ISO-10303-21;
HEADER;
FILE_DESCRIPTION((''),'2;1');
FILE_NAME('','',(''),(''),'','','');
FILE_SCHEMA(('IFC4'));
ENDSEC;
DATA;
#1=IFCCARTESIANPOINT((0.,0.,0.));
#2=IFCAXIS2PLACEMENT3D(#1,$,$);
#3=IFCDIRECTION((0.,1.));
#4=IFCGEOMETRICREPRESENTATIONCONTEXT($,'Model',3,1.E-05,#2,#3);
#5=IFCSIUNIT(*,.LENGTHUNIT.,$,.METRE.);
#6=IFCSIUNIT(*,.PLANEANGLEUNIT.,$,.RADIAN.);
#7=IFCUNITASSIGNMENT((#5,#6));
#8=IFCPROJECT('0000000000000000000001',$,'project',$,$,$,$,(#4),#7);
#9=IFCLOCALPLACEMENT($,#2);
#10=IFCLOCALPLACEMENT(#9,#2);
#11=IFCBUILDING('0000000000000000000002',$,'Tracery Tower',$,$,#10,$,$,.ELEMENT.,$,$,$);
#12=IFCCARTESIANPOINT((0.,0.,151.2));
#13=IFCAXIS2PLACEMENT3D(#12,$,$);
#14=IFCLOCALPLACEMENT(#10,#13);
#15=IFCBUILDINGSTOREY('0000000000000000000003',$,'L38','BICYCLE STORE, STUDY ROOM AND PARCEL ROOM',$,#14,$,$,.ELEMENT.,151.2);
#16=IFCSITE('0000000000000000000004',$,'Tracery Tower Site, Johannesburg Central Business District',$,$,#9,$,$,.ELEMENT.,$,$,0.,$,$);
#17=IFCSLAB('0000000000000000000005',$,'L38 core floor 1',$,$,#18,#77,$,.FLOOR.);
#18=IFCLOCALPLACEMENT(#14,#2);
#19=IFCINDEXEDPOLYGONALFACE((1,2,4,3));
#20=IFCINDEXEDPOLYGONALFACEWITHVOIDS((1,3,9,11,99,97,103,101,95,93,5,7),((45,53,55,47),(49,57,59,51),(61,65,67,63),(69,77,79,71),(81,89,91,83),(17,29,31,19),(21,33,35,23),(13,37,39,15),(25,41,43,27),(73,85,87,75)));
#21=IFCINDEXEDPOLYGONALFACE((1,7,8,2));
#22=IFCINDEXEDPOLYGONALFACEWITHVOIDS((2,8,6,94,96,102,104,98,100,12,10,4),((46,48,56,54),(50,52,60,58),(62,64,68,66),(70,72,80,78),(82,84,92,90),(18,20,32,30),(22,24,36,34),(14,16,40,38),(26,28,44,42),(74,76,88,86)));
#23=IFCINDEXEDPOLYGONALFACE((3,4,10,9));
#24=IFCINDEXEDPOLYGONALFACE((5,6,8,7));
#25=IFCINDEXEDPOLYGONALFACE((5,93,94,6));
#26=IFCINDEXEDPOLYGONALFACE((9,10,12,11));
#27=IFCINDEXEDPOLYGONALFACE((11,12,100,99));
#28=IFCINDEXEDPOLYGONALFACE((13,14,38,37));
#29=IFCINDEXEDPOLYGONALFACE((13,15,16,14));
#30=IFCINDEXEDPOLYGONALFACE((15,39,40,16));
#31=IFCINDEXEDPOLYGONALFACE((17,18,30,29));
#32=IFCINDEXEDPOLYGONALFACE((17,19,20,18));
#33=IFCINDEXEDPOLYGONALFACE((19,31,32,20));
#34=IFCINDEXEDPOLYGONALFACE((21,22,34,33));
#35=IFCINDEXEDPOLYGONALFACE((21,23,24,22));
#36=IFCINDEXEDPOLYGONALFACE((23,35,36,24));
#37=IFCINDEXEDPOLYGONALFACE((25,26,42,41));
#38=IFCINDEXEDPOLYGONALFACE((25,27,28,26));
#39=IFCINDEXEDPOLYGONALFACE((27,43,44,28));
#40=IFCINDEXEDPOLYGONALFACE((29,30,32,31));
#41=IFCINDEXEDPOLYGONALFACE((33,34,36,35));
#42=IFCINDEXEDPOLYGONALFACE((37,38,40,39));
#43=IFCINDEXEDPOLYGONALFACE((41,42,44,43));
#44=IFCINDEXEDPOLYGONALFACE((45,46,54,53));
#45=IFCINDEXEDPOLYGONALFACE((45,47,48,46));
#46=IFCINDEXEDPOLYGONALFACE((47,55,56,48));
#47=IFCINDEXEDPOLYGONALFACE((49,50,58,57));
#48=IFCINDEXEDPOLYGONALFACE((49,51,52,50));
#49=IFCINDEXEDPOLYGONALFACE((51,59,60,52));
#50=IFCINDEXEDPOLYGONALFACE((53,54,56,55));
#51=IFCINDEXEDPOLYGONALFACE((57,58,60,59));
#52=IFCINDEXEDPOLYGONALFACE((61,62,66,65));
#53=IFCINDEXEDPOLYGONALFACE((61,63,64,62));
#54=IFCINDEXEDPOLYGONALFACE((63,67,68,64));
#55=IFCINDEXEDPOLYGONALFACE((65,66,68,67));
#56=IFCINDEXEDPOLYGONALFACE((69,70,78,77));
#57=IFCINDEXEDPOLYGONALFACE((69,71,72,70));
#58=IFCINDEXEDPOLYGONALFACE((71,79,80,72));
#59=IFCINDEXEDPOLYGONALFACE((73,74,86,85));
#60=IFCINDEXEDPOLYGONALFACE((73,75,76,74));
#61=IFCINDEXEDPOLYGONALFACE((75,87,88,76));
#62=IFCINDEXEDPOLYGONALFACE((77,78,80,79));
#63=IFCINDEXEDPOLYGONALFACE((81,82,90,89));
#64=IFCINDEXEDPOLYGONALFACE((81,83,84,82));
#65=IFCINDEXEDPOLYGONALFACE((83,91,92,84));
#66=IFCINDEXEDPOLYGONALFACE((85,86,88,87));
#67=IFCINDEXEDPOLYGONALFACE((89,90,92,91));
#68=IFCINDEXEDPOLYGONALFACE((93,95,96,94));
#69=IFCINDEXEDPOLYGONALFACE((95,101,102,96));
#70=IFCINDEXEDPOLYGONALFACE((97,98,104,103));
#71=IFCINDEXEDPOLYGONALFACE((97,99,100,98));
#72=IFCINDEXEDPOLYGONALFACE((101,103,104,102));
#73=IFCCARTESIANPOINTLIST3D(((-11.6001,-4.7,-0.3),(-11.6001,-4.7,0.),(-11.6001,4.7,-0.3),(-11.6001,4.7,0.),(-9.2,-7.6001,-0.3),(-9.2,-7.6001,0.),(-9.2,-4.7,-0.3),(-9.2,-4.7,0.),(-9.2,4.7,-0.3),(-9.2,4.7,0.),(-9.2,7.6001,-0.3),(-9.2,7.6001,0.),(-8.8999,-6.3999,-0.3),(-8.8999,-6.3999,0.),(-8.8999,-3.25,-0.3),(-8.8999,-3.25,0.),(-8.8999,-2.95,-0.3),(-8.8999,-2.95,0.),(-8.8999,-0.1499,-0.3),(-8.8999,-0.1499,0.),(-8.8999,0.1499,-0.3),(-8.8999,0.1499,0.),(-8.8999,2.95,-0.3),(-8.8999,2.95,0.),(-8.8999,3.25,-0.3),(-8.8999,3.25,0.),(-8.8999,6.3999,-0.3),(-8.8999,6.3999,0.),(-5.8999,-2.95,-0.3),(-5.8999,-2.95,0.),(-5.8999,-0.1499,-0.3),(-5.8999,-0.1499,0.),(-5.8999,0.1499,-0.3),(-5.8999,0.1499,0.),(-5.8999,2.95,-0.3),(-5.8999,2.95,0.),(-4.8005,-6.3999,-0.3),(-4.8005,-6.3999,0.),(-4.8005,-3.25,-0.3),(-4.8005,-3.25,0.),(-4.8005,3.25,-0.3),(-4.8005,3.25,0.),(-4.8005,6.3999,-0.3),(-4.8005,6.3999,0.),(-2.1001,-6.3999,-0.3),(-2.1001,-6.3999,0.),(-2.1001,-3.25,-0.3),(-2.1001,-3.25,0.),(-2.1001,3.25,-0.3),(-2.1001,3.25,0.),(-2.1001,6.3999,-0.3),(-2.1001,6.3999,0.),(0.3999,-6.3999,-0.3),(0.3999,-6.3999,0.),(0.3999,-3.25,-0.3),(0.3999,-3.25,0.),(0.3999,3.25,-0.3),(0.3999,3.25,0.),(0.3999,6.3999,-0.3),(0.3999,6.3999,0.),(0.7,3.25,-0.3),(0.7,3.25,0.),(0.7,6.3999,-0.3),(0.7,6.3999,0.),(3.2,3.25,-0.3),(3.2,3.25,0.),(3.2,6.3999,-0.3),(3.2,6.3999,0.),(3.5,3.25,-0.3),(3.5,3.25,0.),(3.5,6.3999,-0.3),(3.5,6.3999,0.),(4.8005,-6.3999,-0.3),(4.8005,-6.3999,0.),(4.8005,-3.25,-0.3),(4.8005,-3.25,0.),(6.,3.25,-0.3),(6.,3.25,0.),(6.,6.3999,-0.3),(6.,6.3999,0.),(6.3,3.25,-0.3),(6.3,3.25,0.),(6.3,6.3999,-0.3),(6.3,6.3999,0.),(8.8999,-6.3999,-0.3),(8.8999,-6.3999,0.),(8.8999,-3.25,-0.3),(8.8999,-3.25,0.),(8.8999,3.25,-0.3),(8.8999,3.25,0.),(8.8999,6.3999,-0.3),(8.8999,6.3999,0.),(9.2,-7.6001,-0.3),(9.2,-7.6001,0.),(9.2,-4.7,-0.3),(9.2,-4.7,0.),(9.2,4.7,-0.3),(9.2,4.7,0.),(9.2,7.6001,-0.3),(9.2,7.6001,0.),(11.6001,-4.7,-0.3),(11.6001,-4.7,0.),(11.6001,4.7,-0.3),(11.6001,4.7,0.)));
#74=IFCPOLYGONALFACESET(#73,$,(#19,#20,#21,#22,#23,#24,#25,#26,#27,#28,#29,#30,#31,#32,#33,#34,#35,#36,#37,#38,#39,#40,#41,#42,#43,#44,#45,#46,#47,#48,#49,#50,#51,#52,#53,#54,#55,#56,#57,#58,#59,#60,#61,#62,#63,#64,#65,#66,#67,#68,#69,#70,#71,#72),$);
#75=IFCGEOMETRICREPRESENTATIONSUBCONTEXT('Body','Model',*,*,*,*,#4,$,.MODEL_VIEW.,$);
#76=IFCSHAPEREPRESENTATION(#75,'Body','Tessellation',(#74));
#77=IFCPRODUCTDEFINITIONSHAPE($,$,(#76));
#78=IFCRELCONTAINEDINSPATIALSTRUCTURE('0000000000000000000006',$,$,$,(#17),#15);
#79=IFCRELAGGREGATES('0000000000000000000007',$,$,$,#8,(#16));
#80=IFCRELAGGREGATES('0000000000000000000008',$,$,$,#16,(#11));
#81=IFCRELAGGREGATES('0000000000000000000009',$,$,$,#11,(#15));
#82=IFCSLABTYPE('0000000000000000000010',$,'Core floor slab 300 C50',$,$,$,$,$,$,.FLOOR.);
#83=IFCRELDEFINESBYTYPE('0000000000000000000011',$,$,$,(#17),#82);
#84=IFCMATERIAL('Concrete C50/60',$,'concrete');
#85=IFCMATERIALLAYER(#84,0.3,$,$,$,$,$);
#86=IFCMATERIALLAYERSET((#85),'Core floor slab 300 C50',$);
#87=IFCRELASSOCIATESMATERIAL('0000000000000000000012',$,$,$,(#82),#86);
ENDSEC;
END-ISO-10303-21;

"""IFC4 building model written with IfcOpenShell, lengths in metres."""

from ifc_helpers import new_model, si_unit, direction, frame, origin, place, context, subcontext, project, spatial, polyline, outline, extrude, material, layer, layer_set, type_object, element, save


model = new_model("IFC4")

# Units and contexts
model_context = context("Model", 3, precision=1e-05, world=origin(), true_north=direction((0.0, 1.0)))
body_context = subcontext(model_context, "Body", "Model", "MODEL_VIEW")
ifc_project = project(units=[si_unit("LENGTHUNIT", "METRE"), si_unit("PLANEANGLEUNIT", "RADIAN")], contexts=[model_context])

# Site, building, storey
site_placement = place(None, origin())
site = spatial("IfcSite", under=ifc_project, at=site_placement, Name="Tracery Tower Site, Johannesburg Central Business District", CompositionType="ELEMENT", RefElevation=0.0)
building_placement = place(site_placement, origin())
building = spatial("IfcBuilding", under=site, at=building_placement, Name="Tracery Tower", CompositionType="ELEMENT")
storey_placement = place(building_placement, frame((0.0, 0.0, 151.2)))
storey = spatial("IfcBuildingStorey", under=building, at=storey_placement, Name="L38", Description="BICYCLE STORE, STUDY ROOM AND PARCEL ROOM", CompositionType="ELEMENT", Elevation=151.2)

# Slab
ifc_material_1 = material(Name="Concrete C50/60", Category="concrete")
ifc_layer_1 = layer(ifc_material_1, 0.3)
ifc_layer_set_1 = layer_set([ifc_layer_1], Name="Core floor slab 300 C50")
slab_type_1 = type_object("IfcSlabType", Name="Core floor slab 300 C50", PredefinedType="FLOOR", material=ifc_layer_set_1)
slab_1_placement = place(storey_placement, frame((0.0, 0.0, -0.3)))
element("IfcSlab", 1, at=slab_1_placement, inside=storey, type_object=slab_type_1, Name="L38 core floor 1", PredefinedType="FLOOR", context=body_context, shape_type="SweptSolid", body=[
    extrude(outline(polyline([(-9.2, 7.6001), (9.2, 7.6001), (9.2, 4.7), (11.6001, 4.7), (11.6001, -4.7), (9.2, -4.7), (9.2, -7.6001), (-9.2, -7.6001), (-9.2, -4.7), (-11.6001, -4.7), (-11.6001, 4.7), (-9.2, 4.7), (-9.2, 7.6001)]), holes=[polyline([(4.8005, -6.3999), (8.8999, -6.3999), (8.8999, -3.25), (4.8005, -3.25), (4.8005, -6.3999)]), polyline([(8.8999, 3.25), (8.8999, 6.3999), (6.3, 6.3999), (6.3, 3.25), (8.8999, 3.25)]), polyline([(6.0, 3.25), (6.0, 6.3999), (3.5, 6.3999), (3.5, 3.25), (6.0, 3.25)]), polyline([(3.2, 3.25), (3.2, 6.3999), (0.7, 6.3999), (0.7, 3.25), (3.2, 3.25)]), polyline([(-2.1001, 3.25), (0.3999, 3.25), (0.3999, 6.3999), (-2.1001, 6.3999), (-2.1001, 3.25)]), polyline([(0.3999, -6.3999), (0.3999, -3.25), (-2.1001, -3.25), (-2.1001, -6.3999), (0.3999, -6.3999)]), polyline([(-4.8005, -3.25), (-8.8999, -3.25), (-8.8999, -6.3999), (-4.8005, -6.3999), (-4.8005, -3.25)]), polyline([(-4.8005, 6.3999), (-8.8999, 6.3999), (-8.8999, 3.25), (-4.8005, 3.25), (-4.8005, 6.3999)]), polyline([(-5.8999, -2.95), (-5.8999, -0.1499), (-8.8999, -0.1499), (-8.8999, -2.95), (-5.8999, -2.95)]), polyline([(-5.8999, 0.1499), (-5.8999, 2.95), (-8.8999, 2.95), (-8.8999, 0.1499), (-5.8999, 0.1499)])]), origin(), (0.0, 0.0, 1.0), 0.3),
])

save(model, "model.ifc")
